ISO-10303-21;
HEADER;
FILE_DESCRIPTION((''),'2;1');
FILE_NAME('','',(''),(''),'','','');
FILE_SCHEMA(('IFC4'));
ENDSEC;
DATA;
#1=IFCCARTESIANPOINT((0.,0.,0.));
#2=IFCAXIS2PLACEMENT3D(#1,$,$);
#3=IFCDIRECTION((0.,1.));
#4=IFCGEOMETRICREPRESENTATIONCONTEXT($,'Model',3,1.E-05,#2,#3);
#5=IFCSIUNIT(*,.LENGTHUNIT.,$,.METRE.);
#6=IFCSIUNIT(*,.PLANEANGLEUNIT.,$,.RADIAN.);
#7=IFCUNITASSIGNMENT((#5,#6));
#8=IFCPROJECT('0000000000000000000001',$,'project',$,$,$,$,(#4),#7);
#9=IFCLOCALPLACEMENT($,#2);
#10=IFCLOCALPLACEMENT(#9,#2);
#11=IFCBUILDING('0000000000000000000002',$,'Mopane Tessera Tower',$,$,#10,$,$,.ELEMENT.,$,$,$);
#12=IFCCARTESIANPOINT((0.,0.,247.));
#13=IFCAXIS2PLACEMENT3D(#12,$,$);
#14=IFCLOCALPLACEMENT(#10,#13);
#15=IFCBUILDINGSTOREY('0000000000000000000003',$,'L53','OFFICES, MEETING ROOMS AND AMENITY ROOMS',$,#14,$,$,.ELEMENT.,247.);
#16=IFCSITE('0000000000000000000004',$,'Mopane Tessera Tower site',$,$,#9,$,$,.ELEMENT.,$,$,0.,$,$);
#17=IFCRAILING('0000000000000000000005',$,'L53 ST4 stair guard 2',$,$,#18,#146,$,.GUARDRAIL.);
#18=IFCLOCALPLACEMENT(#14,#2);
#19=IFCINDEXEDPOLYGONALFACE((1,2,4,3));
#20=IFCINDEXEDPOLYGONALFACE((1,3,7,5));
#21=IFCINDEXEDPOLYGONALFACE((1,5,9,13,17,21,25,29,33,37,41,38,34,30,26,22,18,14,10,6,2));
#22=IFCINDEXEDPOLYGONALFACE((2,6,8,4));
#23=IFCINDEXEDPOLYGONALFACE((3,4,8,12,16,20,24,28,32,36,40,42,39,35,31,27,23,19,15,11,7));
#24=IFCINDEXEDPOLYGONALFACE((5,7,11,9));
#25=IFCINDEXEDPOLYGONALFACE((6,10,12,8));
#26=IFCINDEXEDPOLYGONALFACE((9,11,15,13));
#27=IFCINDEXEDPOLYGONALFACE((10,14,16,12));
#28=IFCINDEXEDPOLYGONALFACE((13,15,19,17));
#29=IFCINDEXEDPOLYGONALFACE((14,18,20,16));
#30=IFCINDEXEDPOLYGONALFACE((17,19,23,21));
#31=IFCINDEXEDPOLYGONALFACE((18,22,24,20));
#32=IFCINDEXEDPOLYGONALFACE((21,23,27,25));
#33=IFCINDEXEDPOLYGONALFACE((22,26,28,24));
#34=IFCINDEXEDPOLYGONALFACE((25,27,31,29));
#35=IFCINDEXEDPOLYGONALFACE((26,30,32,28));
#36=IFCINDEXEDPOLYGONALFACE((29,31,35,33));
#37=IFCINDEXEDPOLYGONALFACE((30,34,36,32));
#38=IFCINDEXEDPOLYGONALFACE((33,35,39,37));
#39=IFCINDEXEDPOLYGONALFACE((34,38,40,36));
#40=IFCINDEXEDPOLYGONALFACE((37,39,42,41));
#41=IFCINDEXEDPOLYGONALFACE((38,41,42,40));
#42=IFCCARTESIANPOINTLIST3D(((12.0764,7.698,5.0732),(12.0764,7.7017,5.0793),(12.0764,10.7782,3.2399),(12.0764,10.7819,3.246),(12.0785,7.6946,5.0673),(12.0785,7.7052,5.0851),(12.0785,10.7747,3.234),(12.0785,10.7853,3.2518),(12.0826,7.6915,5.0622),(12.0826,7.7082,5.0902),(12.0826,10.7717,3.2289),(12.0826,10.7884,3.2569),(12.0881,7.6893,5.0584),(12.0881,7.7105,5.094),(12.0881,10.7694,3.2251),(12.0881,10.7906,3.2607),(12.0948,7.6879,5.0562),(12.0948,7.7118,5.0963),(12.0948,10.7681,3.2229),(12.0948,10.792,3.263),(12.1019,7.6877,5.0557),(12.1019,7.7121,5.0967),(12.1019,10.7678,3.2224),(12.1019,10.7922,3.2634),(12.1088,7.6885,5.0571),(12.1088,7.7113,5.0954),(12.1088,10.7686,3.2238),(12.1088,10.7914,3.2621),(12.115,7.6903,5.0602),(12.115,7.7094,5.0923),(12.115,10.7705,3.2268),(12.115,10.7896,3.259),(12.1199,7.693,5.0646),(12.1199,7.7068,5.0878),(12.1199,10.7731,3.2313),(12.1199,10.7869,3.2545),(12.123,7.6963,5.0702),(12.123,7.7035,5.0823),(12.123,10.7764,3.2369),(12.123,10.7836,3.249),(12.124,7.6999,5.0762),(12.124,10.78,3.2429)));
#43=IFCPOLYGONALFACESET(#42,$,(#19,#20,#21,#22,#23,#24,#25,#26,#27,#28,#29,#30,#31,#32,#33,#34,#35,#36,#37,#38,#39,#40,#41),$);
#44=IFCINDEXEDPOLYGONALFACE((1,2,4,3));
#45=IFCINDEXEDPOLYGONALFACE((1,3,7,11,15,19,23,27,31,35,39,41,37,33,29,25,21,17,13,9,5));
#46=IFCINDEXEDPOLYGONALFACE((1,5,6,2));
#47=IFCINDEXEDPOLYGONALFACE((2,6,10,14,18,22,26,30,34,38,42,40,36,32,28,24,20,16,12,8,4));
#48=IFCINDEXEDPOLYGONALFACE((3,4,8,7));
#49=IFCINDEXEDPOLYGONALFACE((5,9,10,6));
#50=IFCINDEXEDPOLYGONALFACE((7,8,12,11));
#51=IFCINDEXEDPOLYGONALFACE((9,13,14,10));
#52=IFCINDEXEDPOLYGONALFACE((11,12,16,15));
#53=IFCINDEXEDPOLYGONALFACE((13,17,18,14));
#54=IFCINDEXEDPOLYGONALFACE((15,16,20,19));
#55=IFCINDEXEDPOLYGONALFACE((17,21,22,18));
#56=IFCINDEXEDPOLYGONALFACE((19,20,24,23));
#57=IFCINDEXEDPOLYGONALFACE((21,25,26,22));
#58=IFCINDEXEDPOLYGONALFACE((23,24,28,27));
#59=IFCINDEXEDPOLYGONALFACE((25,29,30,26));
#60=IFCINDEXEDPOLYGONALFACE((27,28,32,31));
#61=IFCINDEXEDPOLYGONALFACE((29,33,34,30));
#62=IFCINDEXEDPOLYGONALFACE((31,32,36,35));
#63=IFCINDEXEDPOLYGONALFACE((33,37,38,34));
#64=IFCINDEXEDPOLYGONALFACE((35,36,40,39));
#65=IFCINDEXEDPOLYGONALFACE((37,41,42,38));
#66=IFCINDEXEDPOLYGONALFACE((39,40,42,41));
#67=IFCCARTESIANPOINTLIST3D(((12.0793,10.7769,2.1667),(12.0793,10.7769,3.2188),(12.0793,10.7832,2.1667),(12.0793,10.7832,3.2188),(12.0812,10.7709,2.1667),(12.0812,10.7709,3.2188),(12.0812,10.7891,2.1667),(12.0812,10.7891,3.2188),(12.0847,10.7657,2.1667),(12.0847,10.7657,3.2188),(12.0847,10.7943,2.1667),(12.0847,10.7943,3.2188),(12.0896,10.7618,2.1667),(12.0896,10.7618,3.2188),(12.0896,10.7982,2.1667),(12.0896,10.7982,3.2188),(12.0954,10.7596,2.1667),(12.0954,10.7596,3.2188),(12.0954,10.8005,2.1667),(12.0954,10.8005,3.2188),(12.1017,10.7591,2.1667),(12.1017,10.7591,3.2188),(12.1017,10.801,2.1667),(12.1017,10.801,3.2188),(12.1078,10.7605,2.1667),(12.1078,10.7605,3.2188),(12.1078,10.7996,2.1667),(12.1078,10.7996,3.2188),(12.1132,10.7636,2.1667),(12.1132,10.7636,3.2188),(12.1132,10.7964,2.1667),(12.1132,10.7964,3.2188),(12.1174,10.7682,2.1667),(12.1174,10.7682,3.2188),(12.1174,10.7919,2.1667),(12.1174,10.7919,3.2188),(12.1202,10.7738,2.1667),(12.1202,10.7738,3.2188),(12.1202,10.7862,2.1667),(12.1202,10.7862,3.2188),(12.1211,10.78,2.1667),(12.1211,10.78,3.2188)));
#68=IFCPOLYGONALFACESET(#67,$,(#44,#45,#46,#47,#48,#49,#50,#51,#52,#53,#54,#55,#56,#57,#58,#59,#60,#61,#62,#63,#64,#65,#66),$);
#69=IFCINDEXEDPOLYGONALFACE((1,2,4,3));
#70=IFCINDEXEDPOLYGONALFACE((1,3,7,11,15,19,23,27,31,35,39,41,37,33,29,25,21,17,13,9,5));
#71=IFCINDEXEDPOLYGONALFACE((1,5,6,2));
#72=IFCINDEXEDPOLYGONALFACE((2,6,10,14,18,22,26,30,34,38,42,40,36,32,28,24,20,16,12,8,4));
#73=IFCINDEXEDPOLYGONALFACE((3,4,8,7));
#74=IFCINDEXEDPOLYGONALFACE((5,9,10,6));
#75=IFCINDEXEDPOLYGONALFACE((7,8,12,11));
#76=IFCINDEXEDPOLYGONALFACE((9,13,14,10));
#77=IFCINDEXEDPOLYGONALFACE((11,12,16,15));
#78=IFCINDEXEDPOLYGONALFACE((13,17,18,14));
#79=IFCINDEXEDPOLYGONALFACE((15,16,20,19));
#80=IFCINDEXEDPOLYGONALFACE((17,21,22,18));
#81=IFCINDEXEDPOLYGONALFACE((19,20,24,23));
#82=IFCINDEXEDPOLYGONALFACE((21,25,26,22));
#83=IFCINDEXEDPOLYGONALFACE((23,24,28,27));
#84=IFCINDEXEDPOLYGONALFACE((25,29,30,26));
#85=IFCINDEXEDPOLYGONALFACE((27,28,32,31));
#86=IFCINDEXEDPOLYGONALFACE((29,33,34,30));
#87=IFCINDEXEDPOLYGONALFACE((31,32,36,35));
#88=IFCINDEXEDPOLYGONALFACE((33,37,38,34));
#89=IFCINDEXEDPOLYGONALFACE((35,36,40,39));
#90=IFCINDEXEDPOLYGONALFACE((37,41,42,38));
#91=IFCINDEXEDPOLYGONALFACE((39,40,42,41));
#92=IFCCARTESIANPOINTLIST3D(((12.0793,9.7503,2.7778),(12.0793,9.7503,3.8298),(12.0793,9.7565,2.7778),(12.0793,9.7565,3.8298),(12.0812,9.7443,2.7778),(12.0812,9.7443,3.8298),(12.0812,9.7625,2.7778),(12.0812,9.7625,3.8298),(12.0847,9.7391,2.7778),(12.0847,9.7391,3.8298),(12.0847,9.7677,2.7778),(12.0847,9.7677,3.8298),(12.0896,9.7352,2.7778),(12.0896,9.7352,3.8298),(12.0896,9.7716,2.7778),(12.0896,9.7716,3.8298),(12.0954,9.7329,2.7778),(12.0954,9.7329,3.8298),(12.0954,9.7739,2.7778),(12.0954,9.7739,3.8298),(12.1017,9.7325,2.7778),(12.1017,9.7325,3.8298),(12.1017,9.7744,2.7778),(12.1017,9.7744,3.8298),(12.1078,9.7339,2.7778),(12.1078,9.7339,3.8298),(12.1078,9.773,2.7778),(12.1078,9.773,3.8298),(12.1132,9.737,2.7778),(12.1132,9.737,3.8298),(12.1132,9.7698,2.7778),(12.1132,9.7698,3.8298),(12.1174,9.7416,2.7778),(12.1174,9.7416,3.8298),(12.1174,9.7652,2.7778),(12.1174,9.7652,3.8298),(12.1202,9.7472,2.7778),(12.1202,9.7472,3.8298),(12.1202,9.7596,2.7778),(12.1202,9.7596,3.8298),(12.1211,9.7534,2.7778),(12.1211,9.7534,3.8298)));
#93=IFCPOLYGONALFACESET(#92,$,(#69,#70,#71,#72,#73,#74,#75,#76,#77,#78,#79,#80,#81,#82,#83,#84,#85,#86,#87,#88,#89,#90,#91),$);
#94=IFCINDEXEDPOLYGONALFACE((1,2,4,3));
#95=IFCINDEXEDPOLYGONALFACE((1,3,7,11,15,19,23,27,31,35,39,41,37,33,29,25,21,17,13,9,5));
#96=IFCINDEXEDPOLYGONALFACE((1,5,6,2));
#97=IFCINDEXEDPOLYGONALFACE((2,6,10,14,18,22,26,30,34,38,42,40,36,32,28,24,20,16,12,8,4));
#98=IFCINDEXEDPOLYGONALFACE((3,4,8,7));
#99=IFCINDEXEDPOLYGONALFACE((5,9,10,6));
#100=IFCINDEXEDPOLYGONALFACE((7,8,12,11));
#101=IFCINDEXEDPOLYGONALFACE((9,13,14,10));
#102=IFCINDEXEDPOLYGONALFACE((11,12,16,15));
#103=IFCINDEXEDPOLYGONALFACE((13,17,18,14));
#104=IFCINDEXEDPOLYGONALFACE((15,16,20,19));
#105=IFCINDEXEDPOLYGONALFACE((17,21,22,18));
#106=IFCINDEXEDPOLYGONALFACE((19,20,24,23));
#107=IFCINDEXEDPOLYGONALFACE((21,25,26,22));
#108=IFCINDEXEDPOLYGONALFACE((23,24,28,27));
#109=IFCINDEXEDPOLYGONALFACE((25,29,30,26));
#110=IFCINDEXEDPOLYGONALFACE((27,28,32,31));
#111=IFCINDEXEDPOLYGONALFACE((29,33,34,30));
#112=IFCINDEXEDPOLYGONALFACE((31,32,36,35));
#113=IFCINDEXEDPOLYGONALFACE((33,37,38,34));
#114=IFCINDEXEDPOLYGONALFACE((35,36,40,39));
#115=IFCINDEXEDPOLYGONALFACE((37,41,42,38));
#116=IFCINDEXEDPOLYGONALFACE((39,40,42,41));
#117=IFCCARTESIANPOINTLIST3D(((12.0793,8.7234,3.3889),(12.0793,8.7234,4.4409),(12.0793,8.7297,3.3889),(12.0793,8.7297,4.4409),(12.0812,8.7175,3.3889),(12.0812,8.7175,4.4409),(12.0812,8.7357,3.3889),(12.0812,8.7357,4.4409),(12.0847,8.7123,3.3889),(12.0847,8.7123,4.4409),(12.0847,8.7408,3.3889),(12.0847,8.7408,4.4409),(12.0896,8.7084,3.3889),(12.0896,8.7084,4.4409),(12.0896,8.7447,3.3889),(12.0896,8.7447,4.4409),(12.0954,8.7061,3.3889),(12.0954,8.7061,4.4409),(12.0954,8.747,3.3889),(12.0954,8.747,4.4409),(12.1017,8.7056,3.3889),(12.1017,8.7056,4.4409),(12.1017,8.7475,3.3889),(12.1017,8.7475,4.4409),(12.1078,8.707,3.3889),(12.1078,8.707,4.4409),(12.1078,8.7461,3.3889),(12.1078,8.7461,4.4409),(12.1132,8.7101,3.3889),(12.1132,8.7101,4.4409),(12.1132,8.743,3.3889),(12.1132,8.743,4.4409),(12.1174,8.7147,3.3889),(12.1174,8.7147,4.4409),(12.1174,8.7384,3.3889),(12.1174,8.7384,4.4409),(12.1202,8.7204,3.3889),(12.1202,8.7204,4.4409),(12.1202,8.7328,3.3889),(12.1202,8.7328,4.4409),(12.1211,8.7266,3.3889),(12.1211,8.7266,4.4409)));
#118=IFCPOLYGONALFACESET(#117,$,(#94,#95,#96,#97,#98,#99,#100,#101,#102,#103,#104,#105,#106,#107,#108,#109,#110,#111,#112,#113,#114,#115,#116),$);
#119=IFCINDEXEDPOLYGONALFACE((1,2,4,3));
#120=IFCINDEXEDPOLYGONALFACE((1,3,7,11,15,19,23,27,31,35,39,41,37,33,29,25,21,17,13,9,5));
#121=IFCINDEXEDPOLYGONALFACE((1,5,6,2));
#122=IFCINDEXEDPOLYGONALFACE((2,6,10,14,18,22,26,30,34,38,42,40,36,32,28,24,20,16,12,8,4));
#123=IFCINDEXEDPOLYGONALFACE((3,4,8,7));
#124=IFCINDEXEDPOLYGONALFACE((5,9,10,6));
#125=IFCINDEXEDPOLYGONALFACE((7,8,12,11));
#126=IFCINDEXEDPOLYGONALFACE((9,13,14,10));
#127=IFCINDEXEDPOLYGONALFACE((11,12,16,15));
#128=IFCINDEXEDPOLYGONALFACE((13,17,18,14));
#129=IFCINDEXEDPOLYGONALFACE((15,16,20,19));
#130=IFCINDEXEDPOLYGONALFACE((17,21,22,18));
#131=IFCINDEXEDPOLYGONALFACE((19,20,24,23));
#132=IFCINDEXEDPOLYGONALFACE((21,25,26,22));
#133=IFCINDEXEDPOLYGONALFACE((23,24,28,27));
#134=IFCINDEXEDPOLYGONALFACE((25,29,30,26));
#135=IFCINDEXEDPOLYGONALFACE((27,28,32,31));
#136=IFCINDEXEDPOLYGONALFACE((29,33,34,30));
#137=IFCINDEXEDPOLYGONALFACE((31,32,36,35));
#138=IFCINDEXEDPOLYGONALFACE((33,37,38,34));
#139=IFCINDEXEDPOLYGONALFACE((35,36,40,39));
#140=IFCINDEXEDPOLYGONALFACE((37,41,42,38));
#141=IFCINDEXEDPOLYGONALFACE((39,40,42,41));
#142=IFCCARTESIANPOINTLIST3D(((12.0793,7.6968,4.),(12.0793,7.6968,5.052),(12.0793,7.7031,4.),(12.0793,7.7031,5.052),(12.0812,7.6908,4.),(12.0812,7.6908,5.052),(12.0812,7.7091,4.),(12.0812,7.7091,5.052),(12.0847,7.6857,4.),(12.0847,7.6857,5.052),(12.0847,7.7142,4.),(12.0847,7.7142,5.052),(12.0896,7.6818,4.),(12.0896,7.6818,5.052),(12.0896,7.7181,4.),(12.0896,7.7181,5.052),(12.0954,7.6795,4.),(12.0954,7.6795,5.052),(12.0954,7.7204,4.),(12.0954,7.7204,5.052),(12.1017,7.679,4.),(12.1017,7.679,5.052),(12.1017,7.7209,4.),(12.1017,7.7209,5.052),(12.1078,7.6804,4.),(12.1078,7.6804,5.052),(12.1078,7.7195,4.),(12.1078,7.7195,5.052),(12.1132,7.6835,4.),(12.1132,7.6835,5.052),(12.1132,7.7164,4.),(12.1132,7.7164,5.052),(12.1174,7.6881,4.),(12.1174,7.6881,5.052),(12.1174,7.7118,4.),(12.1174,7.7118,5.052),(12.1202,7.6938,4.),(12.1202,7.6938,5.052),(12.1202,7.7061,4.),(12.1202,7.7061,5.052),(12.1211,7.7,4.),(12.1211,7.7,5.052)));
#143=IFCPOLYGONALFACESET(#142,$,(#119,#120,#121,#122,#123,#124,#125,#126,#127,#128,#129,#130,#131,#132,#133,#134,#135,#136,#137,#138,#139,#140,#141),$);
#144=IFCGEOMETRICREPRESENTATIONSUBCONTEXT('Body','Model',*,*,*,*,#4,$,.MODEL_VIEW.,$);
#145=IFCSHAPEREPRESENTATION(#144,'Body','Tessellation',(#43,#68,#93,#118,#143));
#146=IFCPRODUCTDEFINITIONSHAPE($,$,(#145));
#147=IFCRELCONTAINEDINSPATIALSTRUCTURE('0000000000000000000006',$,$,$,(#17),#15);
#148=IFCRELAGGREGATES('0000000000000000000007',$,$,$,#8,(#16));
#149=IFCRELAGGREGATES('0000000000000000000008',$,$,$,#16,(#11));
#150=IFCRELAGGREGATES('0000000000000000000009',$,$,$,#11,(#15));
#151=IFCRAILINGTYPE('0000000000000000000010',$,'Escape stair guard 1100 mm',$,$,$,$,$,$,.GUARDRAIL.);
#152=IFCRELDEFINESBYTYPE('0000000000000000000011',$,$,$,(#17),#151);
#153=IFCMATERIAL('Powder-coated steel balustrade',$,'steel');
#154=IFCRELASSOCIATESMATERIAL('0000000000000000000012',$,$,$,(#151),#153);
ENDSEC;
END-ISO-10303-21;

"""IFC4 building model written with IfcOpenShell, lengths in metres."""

from ifc_helpers import new_model, si_unit, direction, frame, origin, origin_2d, place, context, subcontext, project, spatial, circle, extrude, material, type_object, element, save


model = new_model("IFC4")

# Units and contexts
model_context = context("Model", 3, precision=1e-05, world=origin(), true_north=direction((0.0, 1.0)))
body_context = subcontext(model_context, "Body", "Model", "MODEL_VIEW")
ifc_project = project(units=[si_unit("LENGTHUNIT", "METRE"), si_unit("PLANEANGLEUNIT", "RADIAN")], contexts=[model_context])

# Site, building, storey
site_placement = place(None, origin())
site = spatial("IfcSite", under=ifc_project, at=site_placement, Name="Mopane Tessera Tower site", CompositionType="ELEMENT", RefElevation=0.0)
building_placement = place(site_placement, origin())
building = spatial("IfcBuilding", under=site, at=building_placement, Name="Mopane Tessera Tower", CompositionType="ELEMENT")
storey_placement = place(building_placement, frame((0.0, 0.0, 247.0)))
storey = spatial("IfcBuildingStorey", under=building, at=storey_placement, Name="L53", Description="OFFICES, MEETING ROOMS AND AMENITY ROOMS", CompositionType="ELEMENT", Elevation=247.0)

# Railing
ifc_material_1 = material(Name="Powder-coated steel balustrade", Category="steel")
railing_type_1 = type_object("IfcRailingType", Name="Escape stair guard 1100 mm", PredefinedType="GUARDRAIL", material=ifc_material_1)
railing_1_placement = place(storey_placement, frame((12.1001, 10.78, 2.1667)))
element("IfcRailing", 1, at=railing_1_placement, inside=storey, type_object=railing_type_1, Name="L53 ST4 stair guard 2", PredefinedType="GUARDRAIL", context=body_context, shape_type="SweptSolid", body=[
    extrude(circle(Radius=0.0239, at=origin_2d()), frame((0.0, 0.0, 1.0762), z_axis=(0.0, -0.859309, 0.511458), x_axis=(1.0, 0.0, 0.0)), (0.0, 0.0, 1.0), 3.5845),
    extrude(circle(Radius=0.021, at=origin_2d()), origin(), (0.0, 0.0, 1.0), 1.052),
    extrude(circle(Radius=0.021, at=origin_2d()), frame((0.0, -1.0266, 0.6111)), (0.0, 0.0, 1.0), 1.052),
    extrude(circle(Radius=0.021, at=origin_2d()), frame((0.0, -2.0535, 1.2222)), (0.0, 0.0, 1.0), 1.052),
    extrude(circle(Radius=0.021, at=origin_2d()), frame((0.0, -3.0801, 1.8333)), (0.0, 0.0, 1.0), 1.052),
])

save(model, "model.ifc")
